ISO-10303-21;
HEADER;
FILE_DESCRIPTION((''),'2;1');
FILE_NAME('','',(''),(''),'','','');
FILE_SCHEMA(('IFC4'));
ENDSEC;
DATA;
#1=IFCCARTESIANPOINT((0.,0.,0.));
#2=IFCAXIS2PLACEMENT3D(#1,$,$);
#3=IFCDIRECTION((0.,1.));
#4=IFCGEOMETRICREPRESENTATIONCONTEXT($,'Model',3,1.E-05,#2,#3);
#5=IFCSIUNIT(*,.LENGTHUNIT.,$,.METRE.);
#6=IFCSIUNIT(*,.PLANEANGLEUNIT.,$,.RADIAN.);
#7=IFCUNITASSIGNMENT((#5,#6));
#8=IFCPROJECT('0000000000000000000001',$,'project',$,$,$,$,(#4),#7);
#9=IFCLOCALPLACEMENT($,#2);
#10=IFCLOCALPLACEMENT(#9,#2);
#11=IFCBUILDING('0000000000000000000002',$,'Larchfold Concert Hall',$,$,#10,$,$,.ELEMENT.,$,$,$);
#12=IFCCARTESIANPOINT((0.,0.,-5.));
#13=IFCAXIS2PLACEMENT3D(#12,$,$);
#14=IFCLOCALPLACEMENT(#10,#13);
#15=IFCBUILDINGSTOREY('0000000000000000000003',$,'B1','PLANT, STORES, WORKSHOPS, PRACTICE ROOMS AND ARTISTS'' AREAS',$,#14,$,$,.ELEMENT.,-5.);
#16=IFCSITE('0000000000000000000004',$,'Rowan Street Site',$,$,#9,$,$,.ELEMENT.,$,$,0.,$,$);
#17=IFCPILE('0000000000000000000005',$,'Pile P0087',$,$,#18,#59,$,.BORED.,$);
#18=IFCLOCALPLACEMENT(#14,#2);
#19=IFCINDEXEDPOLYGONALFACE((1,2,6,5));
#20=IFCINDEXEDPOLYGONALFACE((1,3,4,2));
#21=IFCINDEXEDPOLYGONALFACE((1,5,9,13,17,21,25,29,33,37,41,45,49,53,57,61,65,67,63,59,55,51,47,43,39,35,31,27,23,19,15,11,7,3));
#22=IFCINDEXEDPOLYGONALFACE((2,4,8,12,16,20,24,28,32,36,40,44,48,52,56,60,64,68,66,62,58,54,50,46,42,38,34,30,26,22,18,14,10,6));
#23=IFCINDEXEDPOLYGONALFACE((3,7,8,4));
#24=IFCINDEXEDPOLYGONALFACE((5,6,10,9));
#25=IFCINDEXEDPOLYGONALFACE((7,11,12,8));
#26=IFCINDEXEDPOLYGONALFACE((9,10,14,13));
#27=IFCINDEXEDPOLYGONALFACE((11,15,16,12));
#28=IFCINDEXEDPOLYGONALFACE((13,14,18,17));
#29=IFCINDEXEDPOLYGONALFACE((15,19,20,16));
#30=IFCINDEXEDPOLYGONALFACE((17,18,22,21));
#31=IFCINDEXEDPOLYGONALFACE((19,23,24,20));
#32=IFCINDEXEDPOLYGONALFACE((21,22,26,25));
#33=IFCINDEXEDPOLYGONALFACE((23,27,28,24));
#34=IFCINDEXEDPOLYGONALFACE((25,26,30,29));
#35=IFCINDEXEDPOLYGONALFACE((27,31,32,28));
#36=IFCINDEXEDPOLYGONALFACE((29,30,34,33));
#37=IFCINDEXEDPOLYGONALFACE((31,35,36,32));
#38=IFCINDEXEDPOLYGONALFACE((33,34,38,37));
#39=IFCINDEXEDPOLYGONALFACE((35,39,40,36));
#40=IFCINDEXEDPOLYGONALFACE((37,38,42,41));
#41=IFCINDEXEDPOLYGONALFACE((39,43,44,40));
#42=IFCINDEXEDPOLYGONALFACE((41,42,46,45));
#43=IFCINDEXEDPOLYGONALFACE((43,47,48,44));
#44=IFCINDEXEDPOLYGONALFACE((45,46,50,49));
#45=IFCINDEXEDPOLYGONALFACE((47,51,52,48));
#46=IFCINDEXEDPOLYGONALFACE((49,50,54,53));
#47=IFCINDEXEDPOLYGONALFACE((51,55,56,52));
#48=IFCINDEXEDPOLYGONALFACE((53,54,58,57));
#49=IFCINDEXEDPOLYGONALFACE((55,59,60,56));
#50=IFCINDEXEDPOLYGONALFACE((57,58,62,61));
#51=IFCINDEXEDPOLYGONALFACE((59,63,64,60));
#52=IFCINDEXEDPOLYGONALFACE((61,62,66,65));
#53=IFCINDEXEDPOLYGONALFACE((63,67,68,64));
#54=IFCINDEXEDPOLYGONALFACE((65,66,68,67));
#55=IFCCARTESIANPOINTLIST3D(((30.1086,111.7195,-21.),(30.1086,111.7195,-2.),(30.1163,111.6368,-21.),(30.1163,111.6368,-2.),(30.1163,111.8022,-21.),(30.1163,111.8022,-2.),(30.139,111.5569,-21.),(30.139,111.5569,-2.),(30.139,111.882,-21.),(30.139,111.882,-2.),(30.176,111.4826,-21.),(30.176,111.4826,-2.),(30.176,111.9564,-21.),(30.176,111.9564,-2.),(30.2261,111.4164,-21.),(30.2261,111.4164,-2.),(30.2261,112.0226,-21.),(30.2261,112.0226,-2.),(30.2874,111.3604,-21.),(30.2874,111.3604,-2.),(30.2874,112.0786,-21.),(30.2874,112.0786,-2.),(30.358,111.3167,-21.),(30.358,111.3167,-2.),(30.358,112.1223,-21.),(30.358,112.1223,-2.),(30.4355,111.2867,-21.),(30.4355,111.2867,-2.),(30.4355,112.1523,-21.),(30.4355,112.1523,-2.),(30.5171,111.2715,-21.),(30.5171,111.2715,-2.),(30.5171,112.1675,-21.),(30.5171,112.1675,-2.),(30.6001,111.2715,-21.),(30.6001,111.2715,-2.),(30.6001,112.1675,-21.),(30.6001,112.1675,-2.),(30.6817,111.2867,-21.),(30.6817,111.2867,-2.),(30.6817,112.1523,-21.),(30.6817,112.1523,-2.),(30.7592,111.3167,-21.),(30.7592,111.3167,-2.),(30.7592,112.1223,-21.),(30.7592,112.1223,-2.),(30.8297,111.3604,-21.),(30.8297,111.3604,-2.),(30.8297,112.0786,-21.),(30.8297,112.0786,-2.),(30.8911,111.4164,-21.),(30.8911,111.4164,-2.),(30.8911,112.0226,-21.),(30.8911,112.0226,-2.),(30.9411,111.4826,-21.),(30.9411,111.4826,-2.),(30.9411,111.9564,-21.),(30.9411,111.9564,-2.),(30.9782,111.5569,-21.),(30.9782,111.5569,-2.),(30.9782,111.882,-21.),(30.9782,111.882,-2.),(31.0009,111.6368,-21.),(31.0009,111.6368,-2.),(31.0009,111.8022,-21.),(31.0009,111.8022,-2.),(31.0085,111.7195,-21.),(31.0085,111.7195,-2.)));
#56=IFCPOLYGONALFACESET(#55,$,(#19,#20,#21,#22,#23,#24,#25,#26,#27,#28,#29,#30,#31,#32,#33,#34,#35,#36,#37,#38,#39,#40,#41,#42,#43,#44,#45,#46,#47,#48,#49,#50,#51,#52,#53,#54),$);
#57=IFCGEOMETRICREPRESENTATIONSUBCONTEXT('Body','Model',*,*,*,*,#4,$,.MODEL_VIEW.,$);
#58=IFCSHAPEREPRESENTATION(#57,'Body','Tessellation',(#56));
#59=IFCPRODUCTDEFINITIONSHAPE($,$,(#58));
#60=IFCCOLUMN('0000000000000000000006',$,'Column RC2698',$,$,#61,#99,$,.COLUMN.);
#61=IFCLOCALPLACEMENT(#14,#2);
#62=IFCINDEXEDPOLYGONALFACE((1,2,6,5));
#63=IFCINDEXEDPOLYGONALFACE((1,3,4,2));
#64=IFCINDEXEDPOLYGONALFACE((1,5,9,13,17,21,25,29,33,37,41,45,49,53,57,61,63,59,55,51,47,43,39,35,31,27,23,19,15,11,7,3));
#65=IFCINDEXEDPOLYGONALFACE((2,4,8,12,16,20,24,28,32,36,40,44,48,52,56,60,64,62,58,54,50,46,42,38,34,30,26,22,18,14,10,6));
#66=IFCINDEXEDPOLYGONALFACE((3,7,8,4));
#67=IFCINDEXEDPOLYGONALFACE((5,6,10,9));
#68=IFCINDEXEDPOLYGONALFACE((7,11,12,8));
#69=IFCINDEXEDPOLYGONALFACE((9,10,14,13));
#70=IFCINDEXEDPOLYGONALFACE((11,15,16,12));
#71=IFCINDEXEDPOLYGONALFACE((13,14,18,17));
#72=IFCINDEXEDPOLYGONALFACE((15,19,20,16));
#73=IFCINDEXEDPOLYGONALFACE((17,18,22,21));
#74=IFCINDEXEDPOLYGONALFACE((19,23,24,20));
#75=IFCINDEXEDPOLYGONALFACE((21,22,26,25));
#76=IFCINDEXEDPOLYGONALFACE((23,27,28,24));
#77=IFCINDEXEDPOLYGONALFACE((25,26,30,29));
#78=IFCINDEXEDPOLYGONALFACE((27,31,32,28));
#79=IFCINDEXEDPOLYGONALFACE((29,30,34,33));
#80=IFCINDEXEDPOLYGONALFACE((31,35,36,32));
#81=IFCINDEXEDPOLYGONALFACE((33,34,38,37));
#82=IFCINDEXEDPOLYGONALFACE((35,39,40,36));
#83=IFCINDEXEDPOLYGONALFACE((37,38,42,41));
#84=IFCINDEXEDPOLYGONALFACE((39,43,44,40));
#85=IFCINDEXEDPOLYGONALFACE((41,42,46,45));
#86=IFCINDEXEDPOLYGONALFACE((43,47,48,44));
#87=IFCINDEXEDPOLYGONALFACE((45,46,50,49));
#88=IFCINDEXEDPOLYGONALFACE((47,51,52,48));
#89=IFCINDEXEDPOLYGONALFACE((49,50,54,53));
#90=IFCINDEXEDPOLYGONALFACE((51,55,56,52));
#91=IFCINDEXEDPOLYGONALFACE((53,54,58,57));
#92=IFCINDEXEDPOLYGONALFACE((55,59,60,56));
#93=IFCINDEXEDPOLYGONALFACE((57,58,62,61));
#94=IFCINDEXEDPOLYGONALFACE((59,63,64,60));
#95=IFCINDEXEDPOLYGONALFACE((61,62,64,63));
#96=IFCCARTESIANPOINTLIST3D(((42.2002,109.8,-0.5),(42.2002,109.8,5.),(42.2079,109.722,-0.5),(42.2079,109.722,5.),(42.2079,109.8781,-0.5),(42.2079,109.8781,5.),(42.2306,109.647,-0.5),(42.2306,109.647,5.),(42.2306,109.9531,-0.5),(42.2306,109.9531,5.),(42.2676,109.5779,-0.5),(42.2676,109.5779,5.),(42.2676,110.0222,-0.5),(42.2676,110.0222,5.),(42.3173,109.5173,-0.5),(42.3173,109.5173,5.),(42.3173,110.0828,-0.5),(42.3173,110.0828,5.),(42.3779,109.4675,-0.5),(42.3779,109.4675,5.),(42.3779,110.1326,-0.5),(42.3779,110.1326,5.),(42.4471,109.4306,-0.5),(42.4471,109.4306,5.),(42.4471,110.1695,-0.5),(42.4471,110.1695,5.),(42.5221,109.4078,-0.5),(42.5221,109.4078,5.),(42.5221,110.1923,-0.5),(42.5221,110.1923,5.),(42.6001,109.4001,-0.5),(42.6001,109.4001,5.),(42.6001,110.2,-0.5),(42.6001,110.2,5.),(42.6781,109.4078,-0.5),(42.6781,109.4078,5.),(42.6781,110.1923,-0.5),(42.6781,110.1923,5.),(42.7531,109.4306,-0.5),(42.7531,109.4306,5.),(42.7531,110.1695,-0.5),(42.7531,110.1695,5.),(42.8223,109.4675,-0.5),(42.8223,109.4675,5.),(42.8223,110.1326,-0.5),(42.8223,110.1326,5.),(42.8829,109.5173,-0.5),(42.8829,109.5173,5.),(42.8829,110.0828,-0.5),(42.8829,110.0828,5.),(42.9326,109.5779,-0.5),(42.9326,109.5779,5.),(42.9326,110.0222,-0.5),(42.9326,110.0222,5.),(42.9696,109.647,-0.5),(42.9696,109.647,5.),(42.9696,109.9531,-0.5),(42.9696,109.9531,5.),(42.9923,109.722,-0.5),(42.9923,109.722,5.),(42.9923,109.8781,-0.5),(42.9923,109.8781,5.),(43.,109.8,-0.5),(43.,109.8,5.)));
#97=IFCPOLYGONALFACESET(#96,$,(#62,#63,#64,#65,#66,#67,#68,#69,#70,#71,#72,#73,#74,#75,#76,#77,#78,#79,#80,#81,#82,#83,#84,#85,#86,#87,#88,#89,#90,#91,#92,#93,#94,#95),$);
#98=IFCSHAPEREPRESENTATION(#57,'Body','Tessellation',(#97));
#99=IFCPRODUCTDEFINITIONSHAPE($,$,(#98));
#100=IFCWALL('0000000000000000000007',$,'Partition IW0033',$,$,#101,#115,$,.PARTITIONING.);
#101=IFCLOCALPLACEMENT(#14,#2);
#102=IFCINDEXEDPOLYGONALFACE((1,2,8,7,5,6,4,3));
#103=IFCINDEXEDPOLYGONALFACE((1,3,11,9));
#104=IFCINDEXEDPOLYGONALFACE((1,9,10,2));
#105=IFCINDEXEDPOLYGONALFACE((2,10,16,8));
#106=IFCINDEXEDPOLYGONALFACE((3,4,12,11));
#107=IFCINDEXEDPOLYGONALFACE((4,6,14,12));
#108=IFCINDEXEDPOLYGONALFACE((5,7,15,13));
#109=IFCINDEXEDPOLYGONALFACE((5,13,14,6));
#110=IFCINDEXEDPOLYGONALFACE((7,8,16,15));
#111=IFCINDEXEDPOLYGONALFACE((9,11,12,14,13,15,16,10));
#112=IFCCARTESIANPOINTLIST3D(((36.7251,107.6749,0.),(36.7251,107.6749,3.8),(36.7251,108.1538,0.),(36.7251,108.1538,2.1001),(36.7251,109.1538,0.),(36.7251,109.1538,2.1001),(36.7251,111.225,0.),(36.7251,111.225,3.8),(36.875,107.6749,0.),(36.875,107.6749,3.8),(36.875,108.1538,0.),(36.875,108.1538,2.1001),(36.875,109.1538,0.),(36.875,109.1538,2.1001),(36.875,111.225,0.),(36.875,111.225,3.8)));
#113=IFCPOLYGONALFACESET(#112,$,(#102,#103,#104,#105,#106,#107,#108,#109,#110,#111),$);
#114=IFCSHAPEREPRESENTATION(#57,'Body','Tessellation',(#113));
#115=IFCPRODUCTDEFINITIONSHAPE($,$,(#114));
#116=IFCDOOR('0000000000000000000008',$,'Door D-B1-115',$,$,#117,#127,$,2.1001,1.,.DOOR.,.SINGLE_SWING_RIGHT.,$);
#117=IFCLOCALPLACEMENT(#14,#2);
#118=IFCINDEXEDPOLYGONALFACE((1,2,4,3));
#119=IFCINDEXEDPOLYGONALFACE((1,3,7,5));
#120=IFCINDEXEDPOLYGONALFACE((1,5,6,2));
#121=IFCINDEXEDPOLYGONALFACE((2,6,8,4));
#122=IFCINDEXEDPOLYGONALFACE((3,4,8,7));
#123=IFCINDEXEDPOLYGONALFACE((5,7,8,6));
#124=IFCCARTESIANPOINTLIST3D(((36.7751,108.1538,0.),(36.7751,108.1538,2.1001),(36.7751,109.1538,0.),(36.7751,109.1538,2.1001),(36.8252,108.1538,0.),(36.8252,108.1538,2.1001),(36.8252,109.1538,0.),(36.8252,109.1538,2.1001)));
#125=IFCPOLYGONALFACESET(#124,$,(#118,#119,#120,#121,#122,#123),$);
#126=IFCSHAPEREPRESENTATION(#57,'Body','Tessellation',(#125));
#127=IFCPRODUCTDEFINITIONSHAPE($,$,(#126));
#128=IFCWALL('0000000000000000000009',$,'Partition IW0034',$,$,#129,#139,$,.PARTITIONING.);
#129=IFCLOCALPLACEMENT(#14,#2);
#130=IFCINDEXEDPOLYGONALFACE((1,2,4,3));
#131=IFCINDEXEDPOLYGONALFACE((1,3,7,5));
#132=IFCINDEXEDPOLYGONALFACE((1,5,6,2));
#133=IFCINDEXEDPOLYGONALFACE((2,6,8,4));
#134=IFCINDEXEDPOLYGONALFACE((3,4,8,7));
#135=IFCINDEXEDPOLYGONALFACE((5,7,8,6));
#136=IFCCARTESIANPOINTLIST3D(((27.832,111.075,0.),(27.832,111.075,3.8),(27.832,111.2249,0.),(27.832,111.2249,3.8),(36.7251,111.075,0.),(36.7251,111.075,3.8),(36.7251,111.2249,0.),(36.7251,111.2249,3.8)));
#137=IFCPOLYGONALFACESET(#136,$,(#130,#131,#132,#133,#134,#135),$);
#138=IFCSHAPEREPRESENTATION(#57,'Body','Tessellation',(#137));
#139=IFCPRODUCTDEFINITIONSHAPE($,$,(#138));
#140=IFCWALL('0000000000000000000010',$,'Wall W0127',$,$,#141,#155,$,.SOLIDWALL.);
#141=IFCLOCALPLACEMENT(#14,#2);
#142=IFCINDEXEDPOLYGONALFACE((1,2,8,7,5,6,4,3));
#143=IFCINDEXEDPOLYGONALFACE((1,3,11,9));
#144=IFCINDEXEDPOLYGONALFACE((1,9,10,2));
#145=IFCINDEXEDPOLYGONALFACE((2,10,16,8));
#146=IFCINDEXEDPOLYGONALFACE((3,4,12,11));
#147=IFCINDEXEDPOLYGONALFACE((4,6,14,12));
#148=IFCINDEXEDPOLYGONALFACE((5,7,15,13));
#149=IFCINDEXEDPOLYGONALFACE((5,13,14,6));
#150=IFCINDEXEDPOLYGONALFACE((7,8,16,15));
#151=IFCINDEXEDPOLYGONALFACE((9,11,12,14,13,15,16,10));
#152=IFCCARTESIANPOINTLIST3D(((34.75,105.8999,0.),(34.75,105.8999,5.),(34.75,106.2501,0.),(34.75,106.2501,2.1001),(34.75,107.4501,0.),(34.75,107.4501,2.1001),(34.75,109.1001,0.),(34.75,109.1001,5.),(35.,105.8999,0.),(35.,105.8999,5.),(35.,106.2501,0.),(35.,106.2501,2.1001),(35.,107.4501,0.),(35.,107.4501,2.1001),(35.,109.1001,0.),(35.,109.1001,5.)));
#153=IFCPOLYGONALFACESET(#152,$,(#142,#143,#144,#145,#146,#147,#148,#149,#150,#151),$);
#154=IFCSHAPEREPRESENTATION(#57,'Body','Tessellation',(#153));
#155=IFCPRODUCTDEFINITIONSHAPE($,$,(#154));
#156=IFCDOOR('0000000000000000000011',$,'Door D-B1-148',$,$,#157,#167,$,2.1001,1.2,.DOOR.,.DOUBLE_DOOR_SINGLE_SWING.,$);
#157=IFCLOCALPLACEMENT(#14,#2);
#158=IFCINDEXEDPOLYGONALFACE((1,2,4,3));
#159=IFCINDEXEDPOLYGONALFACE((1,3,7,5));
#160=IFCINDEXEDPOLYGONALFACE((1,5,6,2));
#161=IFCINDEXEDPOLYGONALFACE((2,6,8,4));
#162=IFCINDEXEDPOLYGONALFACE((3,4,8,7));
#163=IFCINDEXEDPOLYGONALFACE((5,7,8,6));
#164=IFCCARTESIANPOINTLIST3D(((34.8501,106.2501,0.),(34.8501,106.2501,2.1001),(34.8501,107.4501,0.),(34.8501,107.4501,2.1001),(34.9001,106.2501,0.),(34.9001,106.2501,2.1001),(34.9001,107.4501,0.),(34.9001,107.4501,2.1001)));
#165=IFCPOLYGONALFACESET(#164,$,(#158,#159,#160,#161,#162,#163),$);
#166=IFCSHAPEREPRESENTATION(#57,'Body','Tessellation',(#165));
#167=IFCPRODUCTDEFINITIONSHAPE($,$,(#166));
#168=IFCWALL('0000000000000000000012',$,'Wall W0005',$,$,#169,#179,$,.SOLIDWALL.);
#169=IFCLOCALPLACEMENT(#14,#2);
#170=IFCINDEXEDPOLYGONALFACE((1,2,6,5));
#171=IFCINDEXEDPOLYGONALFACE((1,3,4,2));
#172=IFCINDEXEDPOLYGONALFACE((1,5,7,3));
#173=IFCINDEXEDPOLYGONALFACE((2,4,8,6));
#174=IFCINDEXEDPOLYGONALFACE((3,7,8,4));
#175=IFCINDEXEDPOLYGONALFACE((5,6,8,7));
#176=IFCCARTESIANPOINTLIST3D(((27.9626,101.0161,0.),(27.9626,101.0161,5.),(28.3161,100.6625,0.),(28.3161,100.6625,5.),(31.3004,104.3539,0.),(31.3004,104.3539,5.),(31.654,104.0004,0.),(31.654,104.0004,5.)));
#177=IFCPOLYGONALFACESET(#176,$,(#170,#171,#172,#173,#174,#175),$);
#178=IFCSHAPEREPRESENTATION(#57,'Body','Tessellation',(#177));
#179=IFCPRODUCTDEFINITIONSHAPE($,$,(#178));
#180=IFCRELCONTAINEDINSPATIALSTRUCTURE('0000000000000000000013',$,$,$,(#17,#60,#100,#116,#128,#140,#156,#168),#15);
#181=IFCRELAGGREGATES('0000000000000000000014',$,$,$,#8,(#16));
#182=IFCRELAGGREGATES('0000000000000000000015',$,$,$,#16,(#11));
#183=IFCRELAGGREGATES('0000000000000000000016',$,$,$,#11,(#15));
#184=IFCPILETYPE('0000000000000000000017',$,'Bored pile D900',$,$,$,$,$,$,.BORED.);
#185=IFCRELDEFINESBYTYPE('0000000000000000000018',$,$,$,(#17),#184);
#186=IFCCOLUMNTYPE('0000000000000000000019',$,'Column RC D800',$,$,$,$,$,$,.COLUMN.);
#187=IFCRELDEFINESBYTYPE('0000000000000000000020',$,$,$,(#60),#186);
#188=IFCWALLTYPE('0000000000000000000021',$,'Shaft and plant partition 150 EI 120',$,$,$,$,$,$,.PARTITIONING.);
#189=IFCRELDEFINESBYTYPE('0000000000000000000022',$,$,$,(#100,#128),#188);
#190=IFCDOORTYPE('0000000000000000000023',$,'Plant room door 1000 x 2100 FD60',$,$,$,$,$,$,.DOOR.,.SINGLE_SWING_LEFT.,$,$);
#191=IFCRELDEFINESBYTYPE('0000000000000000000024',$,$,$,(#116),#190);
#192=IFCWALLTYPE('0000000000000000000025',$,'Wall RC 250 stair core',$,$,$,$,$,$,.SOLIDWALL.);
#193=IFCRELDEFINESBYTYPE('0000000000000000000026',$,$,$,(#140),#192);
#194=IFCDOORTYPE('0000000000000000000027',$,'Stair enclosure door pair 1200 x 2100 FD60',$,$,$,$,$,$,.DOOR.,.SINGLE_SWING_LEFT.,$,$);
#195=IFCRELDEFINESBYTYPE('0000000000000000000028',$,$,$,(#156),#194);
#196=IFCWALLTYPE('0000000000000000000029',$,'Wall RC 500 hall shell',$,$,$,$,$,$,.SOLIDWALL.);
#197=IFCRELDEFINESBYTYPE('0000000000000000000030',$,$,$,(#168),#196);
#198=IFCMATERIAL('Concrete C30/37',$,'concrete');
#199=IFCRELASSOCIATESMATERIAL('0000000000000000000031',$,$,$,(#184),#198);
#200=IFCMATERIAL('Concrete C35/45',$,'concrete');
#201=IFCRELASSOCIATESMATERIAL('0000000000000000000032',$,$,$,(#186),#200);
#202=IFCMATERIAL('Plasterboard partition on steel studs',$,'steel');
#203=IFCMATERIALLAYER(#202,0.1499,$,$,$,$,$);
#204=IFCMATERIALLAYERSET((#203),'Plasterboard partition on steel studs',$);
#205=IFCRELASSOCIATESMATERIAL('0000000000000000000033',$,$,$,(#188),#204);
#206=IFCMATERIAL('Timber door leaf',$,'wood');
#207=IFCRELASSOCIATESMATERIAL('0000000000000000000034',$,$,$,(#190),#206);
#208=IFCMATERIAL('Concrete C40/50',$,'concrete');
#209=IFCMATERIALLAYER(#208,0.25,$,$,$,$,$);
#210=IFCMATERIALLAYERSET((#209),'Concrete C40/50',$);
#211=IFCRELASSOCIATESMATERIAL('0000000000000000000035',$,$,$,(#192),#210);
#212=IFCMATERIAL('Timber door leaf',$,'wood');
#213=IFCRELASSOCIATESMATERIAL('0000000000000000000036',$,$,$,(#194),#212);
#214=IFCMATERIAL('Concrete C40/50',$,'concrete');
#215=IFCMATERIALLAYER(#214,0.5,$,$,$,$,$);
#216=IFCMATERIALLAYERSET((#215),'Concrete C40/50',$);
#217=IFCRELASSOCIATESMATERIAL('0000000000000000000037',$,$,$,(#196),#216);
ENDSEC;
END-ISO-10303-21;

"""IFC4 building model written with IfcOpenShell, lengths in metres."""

from ifc_helpers import new_model, si_unit, direction, frame, frame_2d, origin, origin_2d, place, context, subcontext, project, spatial, rectangle, circle, extrude, material, layer, layer_set, material_profile, profile_set, type_object, element, fill, save


model = new_model("IFC4")

# Units and contexts
model_context = context("Model", 3, precision=1e-05, world=origin(), true_north=direction((0.0, 1.0)))
body_context = subcontext(model_context, "Body", "Model", "MODEL_VIEW")
ifc_project = project(units=[si_unit("LENGTHUNIT", "METRE"), si_unit("PLANEANGLEUNIT", "RADIAN")], contexts=[model_context])

# Site, building, storey
site_placement = place(None, origin())
site = spatial("IfcSite", under=ifc_project, at=site_placement, Name="Rowan Street Site", CompositionType="ELEMENT", RefElevation=0.0)
building_placement = place(site_placement, origin())
building = spatial("IfcBuilding", under=site, at=building_placement, Name="Larchfold Concert Hall", CompositionType="ELEMENT")
storey_placement = place(building_placement, frame((0.0, 0.0, -5.0)))
storey = spatial("IfcBuildingStorey", under=building, at=storey_placement, Name="B1", Description="PLANT, STORES, WORKSHOPS, PRACTICE ROOMS AND ARTISTS' AREAS", CompositionType="ELEMENT", Elevation=-5.0)

# Pile
ifc_material_1 = material(Name="Concrete C30/37", Category="concrete")
ifc_material_profile_1 = material_profile(ifc_material_1, circle(Radius=0.45, at=origin_2d()))
ifc_profile_set_1 = profile_set([ifc_material_profile_1], Name="Concrete C30/37")
pile_type_1 = type_object("IfcPileType", Name="Bored pile D900", PredefinedType="BORED", material=ifc_profile_set_1)
pile_placement = place(storey_placement, frame((30.5586, 111.7195, -2.0), z_axis=(0.0, 0.0, -1.0), x_axis=(1.0, 0.0, 0.0)))
element("IfcPile", 1, at=pile_placement, inside=storey, type_object=pile_type_1, Name="Pile P0087", PredefinedType="BORED", context=body_context, shape_type="SweptSolid", body=[
    extrude(circle(Radius=0.45, at=origin_2d()), origin(), (0.0, 0.0, 1.0), 19.0),
])

# Column
ifc_material_2 = material(Name="Concrete C35/45", Category="concrete")
ifc_material_profile_2 = material_profile(ifc_material_2, circle(Radius=0.3999, at=origin_2d()))
ifc_profile_set_2 = profile_set([ifc_material_profile_2], Name="Concrete C35/45")
column_type = type_object("IfcColumnType", Name="Column RC D800", PredefinedType="COLUMN", material=ifc_profile_set_2)
column_placement = place(storey_placement, frame((42.6001, 109.8, -0.5), z_axis=(0.0, 0.0, 1.0), x_axis=(1.0, 0.0, 0.0)))
element("IfcColumn", 2, at=column_placement, inside=storey, type_object=column_type, Name="Column RC2698", PredefinedType="COLUMN", context=body_context, shape_type="SweptSolid", body=[
    extrude(circle(Radius=0.3999, at=origin_2d()), origin(), (0.0, 0.0, 1.0), 5.5),
])

# Wall, opening, door
ifc_material_3 = material(Name="Plasterboard partition on steel studs", Category="steel")
ifc_layer_1 = layer(ifc_material_3, 0.1499)
ifc_layer_set_1 = layer_set([ifc_layer_1], Name="Plasterboard partition on steel studs")
wall_type_1 = type_object("IfcWallType", Name="Shaft and plant partition 150 EI 120", PredefinedType="PARTITIONING", material=ifc_layer_set_1)
wall_1_placement = place(storey_placement, frame((36.8, 107.675, 0.0), z_axis=(0.0, 0.0, 1.0), x_axis=(0.0, 1.0, 0.0)))
wall_1 = element("IfcWall", 3, at=wall_1_placement, inside=storey, type_object=wall_type_1, Name="Partition IW0033", PredefinedType="PARTITIONING", context=body_context, shape_type="SweptSolid", body=[
    extrude(rectangle(XDim=3.55, YDim=0.1499, at=frame_2d((1.7749, 0.0))), origin(), (0.0, 0.0, 1.0), 3.8),
])
opening_1_placement = place(wall_1_placement, frame((0.4788, 0.0, 0.0)))
opening_1 = element("IfcOpeningElement", 4, at=opening_1_placement, cuts=wall_1, PredefinedType="OPENING", context=body_context, shape_type="SweptSolid", body=[
    extrude(rectangle(XDim=1.0, YDim=2.1001, at=frame_2d((0.5, 1.05))), frame((0.0, 0.085, 0.0), z_axis=(0.0, -1.0, 0.0), x_axis=(1.0, 0.0, 0.0)), (0.0, 0.0, 1.0), 0.1699),
])
ifc_material_4 = material(Name="Timber door leaf", Category="wood")
door_type_1 = type_object("IfcDoorType", Name="Plant room door 1000 x 2100 FD60", OperationType="SINGLE_SWING_LEFT", PredefinedType="DOOR", material=ifc_material_4)
door_1_placement = place(opening_1_placement, origin())
door_1 = element("IfcDoor", 5, at=door_1_placement, inside=storey, type_object=door_type_1, Name="Door D-B1-115", OperationType="SINGLE_SWING_RIGHT", OverallHeight=2.1001, OverallWidth=1.0, PredefinedType="DOOR", context=body_context, shape_type="SweptSolid", body=[
    extrude(rectangle(XDim=1.0, YDim=2.1001, at=frame_2d((0.5, 1.05))), frame((0.0, 0.0249, 0.0), z_axis=(0.0, -1.0, 0.0), x_axis=(1.0, 0.0, 0.0)), (0.0, 0.0, 1.0), 0.05),
])
fill(opening_1, door_1)

# Wall
wall_2_placement = place(storey_placement, frame((36.7251, 111.1499, 0.0), z_axis=(0.0, 0.0, 1.0), x_axis=(-1.0, 0.0, 0.0)))
element("IfcWall", 6, at=wall_2_placement, inside=storey, type_object=wall_type_1, Name="Partition IW0034", PredefinedType="PARTITIONING", context=body_context, shape_type="SweptSolid", body=[
    extrude(rectangle(XDim=8.8931, YDim=0.1499, at=frame_2d((4.4465, 0.0))), origin(), (0.0, 0.0, 1.0), 3.8),
])

# Wall, opening, door
ifc_material_5 = material(Name="Concrete C40/50", Category="concrete")
ifc_layer_2 = layer(ifc_material_5, 0.25)
ifc_layer_set_2 = layer_set([ifc_layer_2], Name="Concrete C40/50")
wall_type_2 = type_object("IfcWallType", Name="Wall RC 250 stair core", PredefinedType="SOLIDWALL", material=ifc_layer_set_2)
wall_3_placement = place(storey_placement, frame((34.875, 105.8999, 0.0), z_axis=(0.0, 0.0, 1.0), x_axis=(0.0, 1.0, 0.0)))
wall_3 = element("IfcWall", 7, at=wall_3_placement, inside=storey, type_object=wall_type_2, Name="Wall W0127", PredefinedType="SOLIDWALL", context=body_context, shape_type="SweptSolid", body=[
    extrude(rectangle(XDim=3.2002, YDim=0.25, at=frame_2d((1.6001, 0.0))), origin(), (0.0, 0.0, 1.0), 5.0),
])
opening_2_placement = place(wall_3_placement, frame((0.3501, 0.0, 0.0)))
opening_2 = element("IfcOpeningElement", 8, at=opening_2_placement, cuts=wall_3, PredefinedType="OPENING", context=body_context, shape_type="SweptSolid", body=[
    extrude(rectangle(XDim=1.2, YDim=2.1001, at=frame_2d((0.6001, 1.05))), frame((0.0, 0.135, 0.0), z_axis=(0.0, -1.0, 0.0), x_axis=(1.0, 0.0, 0.0)), (0.0, 0.0, 1.0), 0.27),
])
ifc_material_6 = material(Name="Timber door leaf", Category="wood")
door_type_2 = type_object("IfcDoorType", Name="Stair enclosure door pair 1200 x 2100 FD60", OperationType="SINGLE_SWING_LEFT", PredefinedType="DOOR", material=ifc_material_6)
door_2_placement = place(opening_2_placement, origin())
door_2 = element("IfcDoor", 9, at=door_2_placement, inside=storey, type_object=door_type_2, Name="Door D-B1-148", OperationType="DOUBLE_DOOR_SINGLE_SWING", OverallHeight=2.1001, OverallWidth=1.2, PredefinedType="DOOR", context=body_context, shape_type="SweptSolid", body=[
    extrude(rectangle(XDim=1.2, YDim=2.1001, at=frame_2d((0.6001, 1.05))), frame((0.0, 0.0249, 0.0), z_axis=(0.0, -1.0, 0.0), x_axis=(1.0, 0.0, 0.0)), (0.0, 0.0, 1.0), 0.05),
])
fill(opening_2, door_2)

# Wall
ifc_material_7 = material(Name="Concrete C40/50", Category="concrete")
ifc_layer_3 = layer(ifc_material_7, 0.5)
ifc_layer_set_3 = layer_set([ifc_layer_3], Name="Concrete C40/50")
wall_type_3 = type_object("IfcWallType", Name="Wall RC 500 hall shell", PredefinedType="SOLIDWALL", material=ifc_layer_set_3)
wall_4_placement = place(storey_placement, frame((31.4773, 104.1772, 0.0), z_axis=(0.0, 0.0, 1.0), x_axis=(-0.707107, -0.707107, 0.0)))
element("IfcWall", 10, at=wall_4_placement, inside=storey, type_object=wall_type_3, Name="Wall W0005", PredefinedType="SOLIDWALL", context=body_context, shape_type="SweptSolid", body=[
    extrude(rectangle(XDim=4.7205, YDim=0.5, at=frame_2d((2.3604, 0.0))), origin(), (0.0, 0.0, 1.0), 5.0),
])

save(model, "model.ifc")
